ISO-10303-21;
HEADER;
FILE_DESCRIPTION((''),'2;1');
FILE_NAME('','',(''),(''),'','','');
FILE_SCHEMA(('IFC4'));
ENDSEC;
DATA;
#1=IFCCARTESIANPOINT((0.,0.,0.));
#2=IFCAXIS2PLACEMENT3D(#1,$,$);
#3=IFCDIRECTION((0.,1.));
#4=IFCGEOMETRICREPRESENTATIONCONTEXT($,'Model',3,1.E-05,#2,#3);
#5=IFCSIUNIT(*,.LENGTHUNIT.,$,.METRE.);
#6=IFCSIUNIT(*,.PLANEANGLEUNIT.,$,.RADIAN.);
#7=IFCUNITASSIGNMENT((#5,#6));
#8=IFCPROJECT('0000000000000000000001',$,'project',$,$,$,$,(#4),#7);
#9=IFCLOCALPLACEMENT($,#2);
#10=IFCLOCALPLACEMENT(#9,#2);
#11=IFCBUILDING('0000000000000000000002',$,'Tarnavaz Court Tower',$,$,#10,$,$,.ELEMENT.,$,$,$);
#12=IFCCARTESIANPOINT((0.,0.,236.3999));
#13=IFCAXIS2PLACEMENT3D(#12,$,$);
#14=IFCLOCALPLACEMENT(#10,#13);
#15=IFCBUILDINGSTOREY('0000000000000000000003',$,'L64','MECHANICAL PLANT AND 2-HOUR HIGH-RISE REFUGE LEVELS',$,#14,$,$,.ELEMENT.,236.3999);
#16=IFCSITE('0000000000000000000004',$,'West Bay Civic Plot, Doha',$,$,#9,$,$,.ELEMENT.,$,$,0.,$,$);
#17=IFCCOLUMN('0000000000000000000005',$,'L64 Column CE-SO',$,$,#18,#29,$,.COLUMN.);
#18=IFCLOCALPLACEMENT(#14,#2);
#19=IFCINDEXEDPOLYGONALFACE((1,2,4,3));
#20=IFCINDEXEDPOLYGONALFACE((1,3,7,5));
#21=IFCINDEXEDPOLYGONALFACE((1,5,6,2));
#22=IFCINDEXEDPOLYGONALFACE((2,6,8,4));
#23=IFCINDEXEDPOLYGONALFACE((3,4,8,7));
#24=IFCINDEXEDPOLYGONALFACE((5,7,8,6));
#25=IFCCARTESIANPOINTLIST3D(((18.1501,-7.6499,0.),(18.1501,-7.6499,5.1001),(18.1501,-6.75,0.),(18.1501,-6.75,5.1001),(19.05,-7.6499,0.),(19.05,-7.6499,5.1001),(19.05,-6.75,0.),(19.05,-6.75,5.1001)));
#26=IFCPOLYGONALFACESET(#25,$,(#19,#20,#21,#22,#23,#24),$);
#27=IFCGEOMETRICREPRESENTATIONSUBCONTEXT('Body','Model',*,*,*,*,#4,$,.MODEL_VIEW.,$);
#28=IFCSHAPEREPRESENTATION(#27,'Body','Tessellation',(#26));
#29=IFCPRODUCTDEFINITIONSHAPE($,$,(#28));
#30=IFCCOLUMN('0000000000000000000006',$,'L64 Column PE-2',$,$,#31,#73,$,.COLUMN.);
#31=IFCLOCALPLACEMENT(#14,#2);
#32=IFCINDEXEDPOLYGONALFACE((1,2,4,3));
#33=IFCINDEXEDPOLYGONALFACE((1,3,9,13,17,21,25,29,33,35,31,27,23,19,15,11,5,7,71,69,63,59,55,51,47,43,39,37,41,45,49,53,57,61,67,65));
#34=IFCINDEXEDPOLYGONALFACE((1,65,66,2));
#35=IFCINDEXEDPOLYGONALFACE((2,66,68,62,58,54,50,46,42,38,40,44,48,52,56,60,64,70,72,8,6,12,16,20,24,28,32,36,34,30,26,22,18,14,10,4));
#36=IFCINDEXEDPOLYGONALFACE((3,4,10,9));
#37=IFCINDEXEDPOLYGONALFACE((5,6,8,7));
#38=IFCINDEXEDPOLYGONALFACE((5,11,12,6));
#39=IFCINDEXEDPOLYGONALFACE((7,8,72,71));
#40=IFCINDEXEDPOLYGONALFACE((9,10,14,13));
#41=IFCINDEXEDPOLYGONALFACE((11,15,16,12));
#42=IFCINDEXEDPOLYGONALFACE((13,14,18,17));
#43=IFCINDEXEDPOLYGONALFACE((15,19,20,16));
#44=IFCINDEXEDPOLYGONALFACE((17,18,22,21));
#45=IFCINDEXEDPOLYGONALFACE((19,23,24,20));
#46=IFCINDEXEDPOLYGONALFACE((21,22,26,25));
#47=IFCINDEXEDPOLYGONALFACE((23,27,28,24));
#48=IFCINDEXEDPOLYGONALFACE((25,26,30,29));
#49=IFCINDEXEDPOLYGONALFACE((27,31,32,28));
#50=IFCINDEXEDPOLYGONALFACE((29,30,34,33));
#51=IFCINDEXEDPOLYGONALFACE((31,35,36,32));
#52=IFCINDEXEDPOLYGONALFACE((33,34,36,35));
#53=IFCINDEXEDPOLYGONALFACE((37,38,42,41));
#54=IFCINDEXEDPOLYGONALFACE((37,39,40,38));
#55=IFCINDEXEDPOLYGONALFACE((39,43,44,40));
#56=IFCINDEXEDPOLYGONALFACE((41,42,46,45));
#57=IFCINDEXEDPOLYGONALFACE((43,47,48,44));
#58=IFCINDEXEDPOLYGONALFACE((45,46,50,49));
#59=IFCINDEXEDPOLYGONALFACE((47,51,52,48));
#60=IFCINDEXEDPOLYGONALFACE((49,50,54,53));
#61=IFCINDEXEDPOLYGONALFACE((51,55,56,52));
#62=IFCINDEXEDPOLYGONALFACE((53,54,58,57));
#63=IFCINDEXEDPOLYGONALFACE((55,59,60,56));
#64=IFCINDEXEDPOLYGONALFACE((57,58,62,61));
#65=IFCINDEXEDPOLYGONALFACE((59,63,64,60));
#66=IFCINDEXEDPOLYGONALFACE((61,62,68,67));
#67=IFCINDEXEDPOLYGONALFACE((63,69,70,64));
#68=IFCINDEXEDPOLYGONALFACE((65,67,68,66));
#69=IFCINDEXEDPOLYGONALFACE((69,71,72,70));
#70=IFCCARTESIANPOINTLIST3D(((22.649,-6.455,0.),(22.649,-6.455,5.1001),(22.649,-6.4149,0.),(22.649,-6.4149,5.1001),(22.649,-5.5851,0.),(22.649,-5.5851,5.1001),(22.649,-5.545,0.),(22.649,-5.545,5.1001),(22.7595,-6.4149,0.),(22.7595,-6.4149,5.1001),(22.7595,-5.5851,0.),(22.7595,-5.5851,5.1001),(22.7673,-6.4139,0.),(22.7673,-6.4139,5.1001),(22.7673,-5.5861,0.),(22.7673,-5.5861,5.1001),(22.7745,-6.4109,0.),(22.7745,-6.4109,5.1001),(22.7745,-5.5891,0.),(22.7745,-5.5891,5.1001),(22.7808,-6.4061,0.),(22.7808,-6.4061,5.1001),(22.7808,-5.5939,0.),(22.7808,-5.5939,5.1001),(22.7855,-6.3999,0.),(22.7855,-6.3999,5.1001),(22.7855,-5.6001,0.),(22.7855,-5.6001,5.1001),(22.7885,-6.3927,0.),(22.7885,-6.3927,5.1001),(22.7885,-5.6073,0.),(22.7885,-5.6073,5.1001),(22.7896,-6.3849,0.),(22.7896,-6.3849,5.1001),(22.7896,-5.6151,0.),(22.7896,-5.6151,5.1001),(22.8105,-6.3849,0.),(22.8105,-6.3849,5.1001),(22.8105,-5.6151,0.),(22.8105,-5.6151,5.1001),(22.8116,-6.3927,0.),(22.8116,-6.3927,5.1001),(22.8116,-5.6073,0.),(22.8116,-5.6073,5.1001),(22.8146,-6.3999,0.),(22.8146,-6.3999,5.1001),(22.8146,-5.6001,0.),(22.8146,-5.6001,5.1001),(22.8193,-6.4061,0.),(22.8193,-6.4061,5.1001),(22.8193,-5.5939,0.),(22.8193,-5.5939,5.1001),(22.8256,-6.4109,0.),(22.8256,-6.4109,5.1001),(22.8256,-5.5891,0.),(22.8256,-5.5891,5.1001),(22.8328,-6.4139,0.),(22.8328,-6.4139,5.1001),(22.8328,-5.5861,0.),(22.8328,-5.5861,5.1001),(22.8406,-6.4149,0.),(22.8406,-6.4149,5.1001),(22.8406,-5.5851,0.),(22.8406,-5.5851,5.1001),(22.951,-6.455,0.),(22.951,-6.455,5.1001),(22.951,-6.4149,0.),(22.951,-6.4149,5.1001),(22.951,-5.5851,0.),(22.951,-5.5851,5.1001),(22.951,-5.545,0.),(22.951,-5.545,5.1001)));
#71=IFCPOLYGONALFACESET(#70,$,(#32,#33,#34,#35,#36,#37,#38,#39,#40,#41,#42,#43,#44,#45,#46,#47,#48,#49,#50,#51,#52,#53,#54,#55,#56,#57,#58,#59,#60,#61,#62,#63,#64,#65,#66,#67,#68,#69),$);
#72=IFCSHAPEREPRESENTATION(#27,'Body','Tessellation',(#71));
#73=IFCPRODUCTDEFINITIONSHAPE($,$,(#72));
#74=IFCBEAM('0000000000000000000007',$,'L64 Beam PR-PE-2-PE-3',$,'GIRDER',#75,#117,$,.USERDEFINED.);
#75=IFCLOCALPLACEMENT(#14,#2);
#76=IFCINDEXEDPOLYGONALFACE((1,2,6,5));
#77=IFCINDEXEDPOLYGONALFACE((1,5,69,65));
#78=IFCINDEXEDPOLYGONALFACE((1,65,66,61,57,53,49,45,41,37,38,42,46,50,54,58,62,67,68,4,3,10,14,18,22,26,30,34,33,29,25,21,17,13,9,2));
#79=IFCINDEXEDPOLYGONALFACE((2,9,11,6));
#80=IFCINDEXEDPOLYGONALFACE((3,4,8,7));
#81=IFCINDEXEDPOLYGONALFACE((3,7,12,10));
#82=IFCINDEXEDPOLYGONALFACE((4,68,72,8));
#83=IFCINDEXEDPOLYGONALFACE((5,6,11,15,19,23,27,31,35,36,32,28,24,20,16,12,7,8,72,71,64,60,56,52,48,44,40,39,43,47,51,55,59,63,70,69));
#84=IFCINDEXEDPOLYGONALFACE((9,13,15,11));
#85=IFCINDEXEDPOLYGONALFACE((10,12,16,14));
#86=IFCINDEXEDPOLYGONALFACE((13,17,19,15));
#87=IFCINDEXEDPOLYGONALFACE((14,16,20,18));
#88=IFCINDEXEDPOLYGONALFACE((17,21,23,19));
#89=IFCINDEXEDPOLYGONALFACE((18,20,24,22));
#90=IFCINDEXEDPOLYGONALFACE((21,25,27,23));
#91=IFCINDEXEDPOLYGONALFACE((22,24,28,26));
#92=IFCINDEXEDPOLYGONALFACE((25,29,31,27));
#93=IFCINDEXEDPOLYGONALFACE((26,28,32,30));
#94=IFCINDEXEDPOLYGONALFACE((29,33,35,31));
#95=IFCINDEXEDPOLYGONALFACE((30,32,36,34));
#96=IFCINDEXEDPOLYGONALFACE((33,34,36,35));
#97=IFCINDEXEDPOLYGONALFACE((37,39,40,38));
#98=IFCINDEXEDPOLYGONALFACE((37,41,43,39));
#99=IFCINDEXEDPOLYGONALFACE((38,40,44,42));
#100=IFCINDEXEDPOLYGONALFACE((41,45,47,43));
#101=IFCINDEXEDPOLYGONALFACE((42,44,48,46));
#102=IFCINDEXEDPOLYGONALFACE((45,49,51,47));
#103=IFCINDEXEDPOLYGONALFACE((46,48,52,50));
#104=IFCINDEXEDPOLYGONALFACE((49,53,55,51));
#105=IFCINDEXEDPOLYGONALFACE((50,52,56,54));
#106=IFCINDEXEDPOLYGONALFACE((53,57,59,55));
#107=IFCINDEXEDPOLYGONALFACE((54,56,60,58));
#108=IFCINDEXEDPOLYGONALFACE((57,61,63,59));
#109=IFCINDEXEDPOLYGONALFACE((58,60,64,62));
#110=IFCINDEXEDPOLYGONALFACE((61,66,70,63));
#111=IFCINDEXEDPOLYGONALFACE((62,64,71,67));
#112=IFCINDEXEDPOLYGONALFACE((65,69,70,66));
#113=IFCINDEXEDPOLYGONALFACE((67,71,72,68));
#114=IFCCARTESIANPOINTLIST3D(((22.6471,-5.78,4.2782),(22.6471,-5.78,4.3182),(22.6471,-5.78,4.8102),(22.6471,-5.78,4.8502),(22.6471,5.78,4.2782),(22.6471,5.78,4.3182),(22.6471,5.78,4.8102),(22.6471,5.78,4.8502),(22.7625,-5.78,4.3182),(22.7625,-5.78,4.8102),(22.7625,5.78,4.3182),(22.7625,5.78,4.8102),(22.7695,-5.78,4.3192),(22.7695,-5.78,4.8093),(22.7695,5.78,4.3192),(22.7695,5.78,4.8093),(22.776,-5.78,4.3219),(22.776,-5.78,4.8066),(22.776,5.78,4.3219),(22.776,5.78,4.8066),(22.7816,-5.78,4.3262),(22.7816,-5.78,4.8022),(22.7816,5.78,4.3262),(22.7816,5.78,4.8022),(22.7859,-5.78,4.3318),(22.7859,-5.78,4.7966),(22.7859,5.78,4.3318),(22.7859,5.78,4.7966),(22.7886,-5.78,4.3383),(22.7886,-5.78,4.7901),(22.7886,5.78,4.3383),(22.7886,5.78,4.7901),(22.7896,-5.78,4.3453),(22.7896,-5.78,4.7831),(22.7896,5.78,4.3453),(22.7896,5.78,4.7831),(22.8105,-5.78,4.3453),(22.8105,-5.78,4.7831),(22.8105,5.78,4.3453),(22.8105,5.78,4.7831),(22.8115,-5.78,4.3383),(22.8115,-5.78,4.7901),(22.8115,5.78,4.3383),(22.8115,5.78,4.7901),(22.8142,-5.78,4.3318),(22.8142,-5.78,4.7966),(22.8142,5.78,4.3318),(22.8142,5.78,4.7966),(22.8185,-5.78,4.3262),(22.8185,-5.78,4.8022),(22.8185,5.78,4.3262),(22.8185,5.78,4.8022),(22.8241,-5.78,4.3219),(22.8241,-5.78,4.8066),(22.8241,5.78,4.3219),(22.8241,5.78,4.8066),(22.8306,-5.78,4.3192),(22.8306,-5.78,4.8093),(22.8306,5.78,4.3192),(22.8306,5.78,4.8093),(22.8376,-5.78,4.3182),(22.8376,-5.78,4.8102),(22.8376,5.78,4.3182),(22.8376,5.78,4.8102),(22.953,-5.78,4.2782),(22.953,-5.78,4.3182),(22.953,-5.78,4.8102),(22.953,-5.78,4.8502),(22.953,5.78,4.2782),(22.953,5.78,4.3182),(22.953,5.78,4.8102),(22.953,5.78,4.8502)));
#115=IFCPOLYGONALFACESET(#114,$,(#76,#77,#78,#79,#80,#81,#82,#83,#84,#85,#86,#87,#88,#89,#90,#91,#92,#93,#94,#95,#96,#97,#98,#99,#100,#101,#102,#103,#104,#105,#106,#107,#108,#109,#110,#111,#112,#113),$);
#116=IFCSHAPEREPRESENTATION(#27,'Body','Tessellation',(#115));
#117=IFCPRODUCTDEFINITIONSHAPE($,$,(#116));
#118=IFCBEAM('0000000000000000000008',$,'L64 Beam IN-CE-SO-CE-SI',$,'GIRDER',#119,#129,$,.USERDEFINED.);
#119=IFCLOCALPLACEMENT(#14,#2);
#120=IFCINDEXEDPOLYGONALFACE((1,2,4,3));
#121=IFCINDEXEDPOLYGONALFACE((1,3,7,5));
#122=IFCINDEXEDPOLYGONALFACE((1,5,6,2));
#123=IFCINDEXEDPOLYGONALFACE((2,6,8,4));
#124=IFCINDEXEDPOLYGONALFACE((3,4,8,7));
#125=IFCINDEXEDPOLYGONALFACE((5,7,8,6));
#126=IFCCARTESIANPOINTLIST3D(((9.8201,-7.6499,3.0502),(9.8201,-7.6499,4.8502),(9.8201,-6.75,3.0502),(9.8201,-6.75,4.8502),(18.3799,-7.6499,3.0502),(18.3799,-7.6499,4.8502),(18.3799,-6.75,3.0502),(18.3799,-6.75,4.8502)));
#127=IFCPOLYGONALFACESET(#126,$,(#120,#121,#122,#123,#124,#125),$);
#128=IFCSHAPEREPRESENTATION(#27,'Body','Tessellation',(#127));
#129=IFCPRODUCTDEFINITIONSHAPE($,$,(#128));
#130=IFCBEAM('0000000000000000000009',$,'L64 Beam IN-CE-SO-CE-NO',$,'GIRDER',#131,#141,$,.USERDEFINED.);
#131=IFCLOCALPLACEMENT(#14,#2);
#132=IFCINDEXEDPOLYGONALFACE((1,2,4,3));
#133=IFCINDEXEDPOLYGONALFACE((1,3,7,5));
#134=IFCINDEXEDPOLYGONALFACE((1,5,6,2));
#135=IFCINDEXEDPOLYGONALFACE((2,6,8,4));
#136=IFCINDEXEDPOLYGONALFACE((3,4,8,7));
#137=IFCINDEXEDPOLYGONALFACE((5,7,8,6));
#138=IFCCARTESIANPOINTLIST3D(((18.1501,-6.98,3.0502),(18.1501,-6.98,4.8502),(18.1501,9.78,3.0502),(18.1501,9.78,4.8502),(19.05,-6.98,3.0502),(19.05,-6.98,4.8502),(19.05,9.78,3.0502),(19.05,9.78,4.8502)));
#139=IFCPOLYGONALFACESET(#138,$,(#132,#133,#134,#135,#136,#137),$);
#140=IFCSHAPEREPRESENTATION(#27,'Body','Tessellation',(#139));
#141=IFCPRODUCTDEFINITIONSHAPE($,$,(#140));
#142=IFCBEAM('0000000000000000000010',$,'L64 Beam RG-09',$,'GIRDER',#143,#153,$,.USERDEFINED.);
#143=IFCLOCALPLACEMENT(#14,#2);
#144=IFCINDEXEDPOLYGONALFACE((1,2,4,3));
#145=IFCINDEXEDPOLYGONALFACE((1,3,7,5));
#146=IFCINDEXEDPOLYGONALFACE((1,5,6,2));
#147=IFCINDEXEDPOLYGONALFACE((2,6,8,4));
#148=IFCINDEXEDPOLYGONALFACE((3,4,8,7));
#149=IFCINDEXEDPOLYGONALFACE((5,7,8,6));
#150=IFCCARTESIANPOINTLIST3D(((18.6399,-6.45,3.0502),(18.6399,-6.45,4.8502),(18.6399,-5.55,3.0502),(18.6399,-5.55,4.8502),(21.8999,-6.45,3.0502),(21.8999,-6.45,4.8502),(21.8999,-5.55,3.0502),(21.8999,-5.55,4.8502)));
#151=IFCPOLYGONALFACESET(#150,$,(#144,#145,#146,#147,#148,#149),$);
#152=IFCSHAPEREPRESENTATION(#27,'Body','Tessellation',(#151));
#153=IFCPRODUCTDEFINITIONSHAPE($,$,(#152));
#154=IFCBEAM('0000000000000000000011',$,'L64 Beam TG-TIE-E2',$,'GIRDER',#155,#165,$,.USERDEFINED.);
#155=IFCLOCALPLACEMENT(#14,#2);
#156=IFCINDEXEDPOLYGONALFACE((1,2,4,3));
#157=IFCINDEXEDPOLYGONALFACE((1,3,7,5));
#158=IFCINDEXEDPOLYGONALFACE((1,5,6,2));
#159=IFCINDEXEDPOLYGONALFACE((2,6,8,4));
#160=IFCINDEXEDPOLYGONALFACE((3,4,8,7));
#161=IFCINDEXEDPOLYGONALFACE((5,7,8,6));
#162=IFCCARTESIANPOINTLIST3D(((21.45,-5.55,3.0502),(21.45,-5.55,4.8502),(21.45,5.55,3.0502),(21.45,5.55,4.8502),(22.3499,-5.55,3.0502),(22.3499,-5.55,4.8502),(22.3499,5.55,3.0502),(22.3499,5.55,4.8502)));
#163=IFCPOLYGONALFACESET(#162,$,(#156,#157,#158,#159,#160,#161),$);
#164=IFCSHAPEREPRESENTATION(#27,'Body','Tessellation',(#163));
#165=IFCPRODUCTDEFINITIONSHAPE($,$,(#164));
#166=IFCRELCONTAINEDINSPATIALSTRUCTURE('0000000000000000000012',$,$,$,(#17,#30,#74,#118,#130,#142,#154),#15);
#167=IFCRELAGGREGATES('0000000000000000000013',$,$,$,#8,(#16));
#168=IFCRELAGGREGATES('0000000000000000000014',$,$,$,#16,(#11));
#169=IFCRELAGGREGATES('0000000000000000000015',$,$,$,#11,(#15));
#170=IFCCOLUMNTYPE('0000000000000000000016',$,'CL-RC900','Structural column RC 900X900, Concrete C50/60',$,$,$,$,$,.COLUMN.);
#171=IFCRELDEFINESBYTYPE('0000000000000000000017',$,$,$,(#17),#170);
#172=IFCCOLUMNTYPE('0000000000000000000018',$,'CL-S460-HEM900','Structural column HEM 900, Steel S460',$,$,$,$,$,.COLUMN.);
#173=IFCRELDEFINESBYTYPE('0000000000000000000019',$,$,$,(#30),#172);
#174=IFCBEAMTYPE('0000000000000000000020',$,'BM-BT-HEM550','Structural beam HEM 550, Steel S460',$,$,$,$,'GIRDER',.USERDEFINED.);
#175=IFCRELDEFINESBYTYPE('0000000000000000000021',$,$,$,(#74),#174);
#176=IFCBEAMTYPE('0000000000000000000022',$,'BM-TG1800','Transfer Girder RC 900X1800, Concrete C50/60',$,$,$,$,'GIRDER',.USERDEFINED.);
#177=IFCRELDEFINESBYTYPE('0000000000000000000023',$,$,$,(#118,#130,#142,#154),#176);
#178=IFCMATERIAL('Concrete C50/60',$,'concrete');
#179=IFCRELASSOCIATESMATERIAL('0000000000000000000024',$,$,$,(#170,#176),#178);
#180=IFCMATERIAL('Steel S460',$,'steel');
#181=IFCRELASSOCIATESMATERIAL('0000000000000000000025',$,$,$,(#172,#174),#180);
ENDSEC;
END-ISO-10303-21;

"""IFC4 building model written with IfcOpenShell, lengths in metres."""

from ifc_helpers import new_model, si_unit, direction, frame, origin, origin_2d, place, context, subcontext, project, spatial, rectangle, i_section, extrude, material, material_profile, profile_set, type_object, element, save


model = new_model("IFC4")

# Units and contexts
model_context = context("Model", 3, precision=1e-05, world=origin(), true_north=direction((0.0, 1.0)))
body_context = subcontext(model_context, "Body", "Model", "MODEL_VIEW")
ifc_project = project(units=[si_unit("LENGTHUNIT", "METRE"), si_unit("PLANEANGLEUNIT", "RADIAN")], contexts=[model_context])

# Site, building, storey
site_placement = place(None, origin())
site = spatial("IfcSite", under=ifc_project, at=site_placement, Name="West Bay Civic Plot, Doha", CompositionType="ELEMENT", RefElevation=0.0)
building_placement = place(site_placement, origin())
building = spatial("IfcBuilding", under=site, at=building_placement, Name="Tarnavaz Court Tower", CompositionType="ELEMENT")
storey_placement = place(building_placement, frame((0.0, 0.0, 236.3999)))
storey = spatial("IfcBuildingStorey", under=building, at=storey_placement, Name="L64", Description="MECHANICAL PLANT AND 2-HOUR HIGH-RISE REFUGE LEVELS", CompositionType="ELEMENT", Elevation=236.3999)

# Columns
ifc_material_1 = material(Name="Concrete C50/60", Category="concrete")
ifc_material_profile_1 = material_profile(ifc_material_1, rectangle(XDim=0.8999, YDim=0.8999, at=origin_2d()), Name="RC 900X900")
ifc_profile_set_1 = profile_set([ifc_material_profile_1], Name="Concrete C50/60")
column_type_1 = type_object("IfcColumnType", Name="CL-RC900", Description="Structural column RC 900X900, Concrete C50/60", PredefinedType="COLUMN", material=ifc_profile_set_1)
column_1_placement = place(storey_placement, frame((18.6001, -7.2, 0.0), z_axis=(0.0, 0.0, 1.0), x_axis=(1.0, 0.0, 0.0)))
element("IfcColumn", 1, at=column_1_placement, inside=storey, type_object=column_type_1, Name="L64 Column CE-SO", PredefinedType="COLUMN", context=body_context, shape_type="SweptSolid", body=[
    extrude(rectangle(XDim=0.8999, YDim=0.8999, at=origin_2d()), origin(), (0.0, 0.0, 1.0), 5.1001),
])
ifc_material_2 = material(Name="Steel S460", Category="steel")
ifc_material_profile_2 = material_profile(ifc_material_2, i_section(OverallWidth=0.302, OverallDepth=0.9099, WebThickness=0.021, FlangeThickness=0.04, FilletRadius=0.03, at=origin_2d()), Name="HEM 900")
ifc_profile_set_2 = profile_set([ifc_material_profile_2], Name="Steel S460")
column_type_2 = type_object("IfcColumnType", Name="CL-S460-HEM900", Description="Structural column HEM 900, Steel S460", PredefinedType="COLUMN", material=ifc_profile_set_2)
column_2_placement = place(storey_placement, frame((22.8, -6.0, 0.0), z_axis=(0.0, 0.0, 1.0), x_axis=(1.0, 0.0, 0.0)))
element("IfcColumn", 2, at=column_2_placement, inside=storey, type_object=column_type_2, Name="L64 Column PE-2", PredefinedType="COLUMN", context=body_context, shape_type="SweptSolid", body=[
    extrude(i_section(OverallWidth=0.302, OverallDepth=0.9099, WebThickness=0.021, FlangeThickness=0.04, FilletRadius=0.03, at=origin_2d()), origin(), (0.0, 0.0, 1.0), 5.1001),
])

# Beams
ifc_material_profile_3 = material_profile(ifc_material_2, i_section(OverallWidth=0.3059, OverallDepth=0.572, WebThickness=0.021, FlangeThickness=0.04, FilletRadius=0.0271, at=origin_2d()), Name="HEM 550")
ifc_profile_set_3 = profile_set([ifc_material_profile_3], Name="Steel S460")
beam_type_1 = type_object("IfcBeamType", Name="BM-BT-HEM550", Description="Structural beam HEM 550, Steel S460", ElementType="GIRDER", PredefinedType="USERDEFINED", material=ifc_profile_set_3)
beam_1_placement = place(storey_placement, frame((22.8, -5.78, 4.5642), z_axis=(0.0, 1.0, 0.0), x_axis=(-1.0, 0.0, 0.0)))
element("IfcBeam", 3, at=beam_1_placement, inside=storey, type_object=beam_type_1, Name="L64 Beam PR-PE-2-PE-3", ObjectType="GIRDER", PredefinedType="USERDEFINED", context=body_context, shape_type="SweptSolid", body=[
    extrude(i_section(OverallWidth=0.3059, OverallDepth=0.572, WebThickness=0.021, FlangeThickness=0.04, FilletRadius=0.0271, at=origin_2d()), origin(), (0.0, 0.0, 1.0), 11.5601),
])
ifc_material_profile_4 = material_profile(ifc_material_1, rectangle(XDim=0.8999, YDim=1.8, at=origin_2d()), Name="RC 900X1800")
ifc_profile_set_4 = profile_set([ifc_material_profile_4], Name="Concrete C50/60")
beam_type_2 = type_object("IfcBeamType", Name="BM-TG1800", Description="Transfer Girder RC 900X1800, Concrete C50/60", ElementType="GIRDER", PredefinedType="USERDEFINED", material=ifc_profile_set_4)
beam_2_placement = place(storey_placement, frame((18.3799, -7.2, 3.9502), z_axis=(-1.0, 0.0, 0.0), x_axis=(0.0, -1.0, 0.0)))
element("IfcBeam", 4, at=beam_2_placement, inside=storey, type_object=beam_type_2, Name="L64 Beam IN-CE-SO-CE-SI", ObjectType="GIRDER", PredefinedType="USERDEFINED", context=body_context, shape_type="SweptSolid", body=[
    extrude(rectangle(XDim=0.8999, YDim=1.8, at=origin_2d()), origin(), (0.0, 0.0, 1.0), 8.5598),
])
beam_3_placement = place(storey_placement, frame((18.6001, -6.98, 3.9502), z_axis=(0.0, 1.0, 0.0), x_axis=(-1.0, 0.0, 0.0)))
element("IfcBeam", 5, at=beam_3_placement, inside=storey, type_object=beam_type_2, Name="L64 Beam IN-CE-SO-CE-NO", ObjectType="GIRDER", PredefinedType="USERDEFINED", context=body_context, shape_type="SweptSolid", body=[
    extrude(rectangle(XDim=0.8999, YDim=1.8, at=origin_2d()), origin(), (0.0, 0.0, 1.0), 16.76),
])
beam_4_placement = place(storey_placement, frame((18.6399, -6.0, 3.9502), z_axis=(1.0, 0.0, 0.0), x_axis=(0.0, 1.0, 0.0)))
element("IfcBeam", 6, at=beam_4_placement, inside=storey, type_object=beam_type_2, Name="L64 Beam RG-09", ObjectType="GIRDER", PredefinedType="USERDEFINED", context=body_context, shape_type="SweptSolid", body=[
    extrude(rectangle(XDim=0.8999, YDim=1.8, at=origin_2d()), origin(), (0.0, 0.0, 1.0), 3.26),
])
beam_5_placement = place(storey_placement, frame((21.8999, -5.55, 3.9502), z_axis=(0.0, 1.0, 0.0), x_axis=(-1.0, 0.0, 0.0)))
element("IfcBeam", 7, at=beam_5_placement, inside=storey, type_object=beam_type_2, Name="L64 Beam TG-TIE-E2", ObjectType="GIRDER", PredefinedType="USERDEFINED", context=body_context, shape_type="SweptSolid", body=[
    extrude(rectangle(XDim=0.8999, YDim=1.8, at=origin_2d()), origin(), (0.0, 0.0, 1.0), 11.1001),
])

save(model, "model.ifc")
